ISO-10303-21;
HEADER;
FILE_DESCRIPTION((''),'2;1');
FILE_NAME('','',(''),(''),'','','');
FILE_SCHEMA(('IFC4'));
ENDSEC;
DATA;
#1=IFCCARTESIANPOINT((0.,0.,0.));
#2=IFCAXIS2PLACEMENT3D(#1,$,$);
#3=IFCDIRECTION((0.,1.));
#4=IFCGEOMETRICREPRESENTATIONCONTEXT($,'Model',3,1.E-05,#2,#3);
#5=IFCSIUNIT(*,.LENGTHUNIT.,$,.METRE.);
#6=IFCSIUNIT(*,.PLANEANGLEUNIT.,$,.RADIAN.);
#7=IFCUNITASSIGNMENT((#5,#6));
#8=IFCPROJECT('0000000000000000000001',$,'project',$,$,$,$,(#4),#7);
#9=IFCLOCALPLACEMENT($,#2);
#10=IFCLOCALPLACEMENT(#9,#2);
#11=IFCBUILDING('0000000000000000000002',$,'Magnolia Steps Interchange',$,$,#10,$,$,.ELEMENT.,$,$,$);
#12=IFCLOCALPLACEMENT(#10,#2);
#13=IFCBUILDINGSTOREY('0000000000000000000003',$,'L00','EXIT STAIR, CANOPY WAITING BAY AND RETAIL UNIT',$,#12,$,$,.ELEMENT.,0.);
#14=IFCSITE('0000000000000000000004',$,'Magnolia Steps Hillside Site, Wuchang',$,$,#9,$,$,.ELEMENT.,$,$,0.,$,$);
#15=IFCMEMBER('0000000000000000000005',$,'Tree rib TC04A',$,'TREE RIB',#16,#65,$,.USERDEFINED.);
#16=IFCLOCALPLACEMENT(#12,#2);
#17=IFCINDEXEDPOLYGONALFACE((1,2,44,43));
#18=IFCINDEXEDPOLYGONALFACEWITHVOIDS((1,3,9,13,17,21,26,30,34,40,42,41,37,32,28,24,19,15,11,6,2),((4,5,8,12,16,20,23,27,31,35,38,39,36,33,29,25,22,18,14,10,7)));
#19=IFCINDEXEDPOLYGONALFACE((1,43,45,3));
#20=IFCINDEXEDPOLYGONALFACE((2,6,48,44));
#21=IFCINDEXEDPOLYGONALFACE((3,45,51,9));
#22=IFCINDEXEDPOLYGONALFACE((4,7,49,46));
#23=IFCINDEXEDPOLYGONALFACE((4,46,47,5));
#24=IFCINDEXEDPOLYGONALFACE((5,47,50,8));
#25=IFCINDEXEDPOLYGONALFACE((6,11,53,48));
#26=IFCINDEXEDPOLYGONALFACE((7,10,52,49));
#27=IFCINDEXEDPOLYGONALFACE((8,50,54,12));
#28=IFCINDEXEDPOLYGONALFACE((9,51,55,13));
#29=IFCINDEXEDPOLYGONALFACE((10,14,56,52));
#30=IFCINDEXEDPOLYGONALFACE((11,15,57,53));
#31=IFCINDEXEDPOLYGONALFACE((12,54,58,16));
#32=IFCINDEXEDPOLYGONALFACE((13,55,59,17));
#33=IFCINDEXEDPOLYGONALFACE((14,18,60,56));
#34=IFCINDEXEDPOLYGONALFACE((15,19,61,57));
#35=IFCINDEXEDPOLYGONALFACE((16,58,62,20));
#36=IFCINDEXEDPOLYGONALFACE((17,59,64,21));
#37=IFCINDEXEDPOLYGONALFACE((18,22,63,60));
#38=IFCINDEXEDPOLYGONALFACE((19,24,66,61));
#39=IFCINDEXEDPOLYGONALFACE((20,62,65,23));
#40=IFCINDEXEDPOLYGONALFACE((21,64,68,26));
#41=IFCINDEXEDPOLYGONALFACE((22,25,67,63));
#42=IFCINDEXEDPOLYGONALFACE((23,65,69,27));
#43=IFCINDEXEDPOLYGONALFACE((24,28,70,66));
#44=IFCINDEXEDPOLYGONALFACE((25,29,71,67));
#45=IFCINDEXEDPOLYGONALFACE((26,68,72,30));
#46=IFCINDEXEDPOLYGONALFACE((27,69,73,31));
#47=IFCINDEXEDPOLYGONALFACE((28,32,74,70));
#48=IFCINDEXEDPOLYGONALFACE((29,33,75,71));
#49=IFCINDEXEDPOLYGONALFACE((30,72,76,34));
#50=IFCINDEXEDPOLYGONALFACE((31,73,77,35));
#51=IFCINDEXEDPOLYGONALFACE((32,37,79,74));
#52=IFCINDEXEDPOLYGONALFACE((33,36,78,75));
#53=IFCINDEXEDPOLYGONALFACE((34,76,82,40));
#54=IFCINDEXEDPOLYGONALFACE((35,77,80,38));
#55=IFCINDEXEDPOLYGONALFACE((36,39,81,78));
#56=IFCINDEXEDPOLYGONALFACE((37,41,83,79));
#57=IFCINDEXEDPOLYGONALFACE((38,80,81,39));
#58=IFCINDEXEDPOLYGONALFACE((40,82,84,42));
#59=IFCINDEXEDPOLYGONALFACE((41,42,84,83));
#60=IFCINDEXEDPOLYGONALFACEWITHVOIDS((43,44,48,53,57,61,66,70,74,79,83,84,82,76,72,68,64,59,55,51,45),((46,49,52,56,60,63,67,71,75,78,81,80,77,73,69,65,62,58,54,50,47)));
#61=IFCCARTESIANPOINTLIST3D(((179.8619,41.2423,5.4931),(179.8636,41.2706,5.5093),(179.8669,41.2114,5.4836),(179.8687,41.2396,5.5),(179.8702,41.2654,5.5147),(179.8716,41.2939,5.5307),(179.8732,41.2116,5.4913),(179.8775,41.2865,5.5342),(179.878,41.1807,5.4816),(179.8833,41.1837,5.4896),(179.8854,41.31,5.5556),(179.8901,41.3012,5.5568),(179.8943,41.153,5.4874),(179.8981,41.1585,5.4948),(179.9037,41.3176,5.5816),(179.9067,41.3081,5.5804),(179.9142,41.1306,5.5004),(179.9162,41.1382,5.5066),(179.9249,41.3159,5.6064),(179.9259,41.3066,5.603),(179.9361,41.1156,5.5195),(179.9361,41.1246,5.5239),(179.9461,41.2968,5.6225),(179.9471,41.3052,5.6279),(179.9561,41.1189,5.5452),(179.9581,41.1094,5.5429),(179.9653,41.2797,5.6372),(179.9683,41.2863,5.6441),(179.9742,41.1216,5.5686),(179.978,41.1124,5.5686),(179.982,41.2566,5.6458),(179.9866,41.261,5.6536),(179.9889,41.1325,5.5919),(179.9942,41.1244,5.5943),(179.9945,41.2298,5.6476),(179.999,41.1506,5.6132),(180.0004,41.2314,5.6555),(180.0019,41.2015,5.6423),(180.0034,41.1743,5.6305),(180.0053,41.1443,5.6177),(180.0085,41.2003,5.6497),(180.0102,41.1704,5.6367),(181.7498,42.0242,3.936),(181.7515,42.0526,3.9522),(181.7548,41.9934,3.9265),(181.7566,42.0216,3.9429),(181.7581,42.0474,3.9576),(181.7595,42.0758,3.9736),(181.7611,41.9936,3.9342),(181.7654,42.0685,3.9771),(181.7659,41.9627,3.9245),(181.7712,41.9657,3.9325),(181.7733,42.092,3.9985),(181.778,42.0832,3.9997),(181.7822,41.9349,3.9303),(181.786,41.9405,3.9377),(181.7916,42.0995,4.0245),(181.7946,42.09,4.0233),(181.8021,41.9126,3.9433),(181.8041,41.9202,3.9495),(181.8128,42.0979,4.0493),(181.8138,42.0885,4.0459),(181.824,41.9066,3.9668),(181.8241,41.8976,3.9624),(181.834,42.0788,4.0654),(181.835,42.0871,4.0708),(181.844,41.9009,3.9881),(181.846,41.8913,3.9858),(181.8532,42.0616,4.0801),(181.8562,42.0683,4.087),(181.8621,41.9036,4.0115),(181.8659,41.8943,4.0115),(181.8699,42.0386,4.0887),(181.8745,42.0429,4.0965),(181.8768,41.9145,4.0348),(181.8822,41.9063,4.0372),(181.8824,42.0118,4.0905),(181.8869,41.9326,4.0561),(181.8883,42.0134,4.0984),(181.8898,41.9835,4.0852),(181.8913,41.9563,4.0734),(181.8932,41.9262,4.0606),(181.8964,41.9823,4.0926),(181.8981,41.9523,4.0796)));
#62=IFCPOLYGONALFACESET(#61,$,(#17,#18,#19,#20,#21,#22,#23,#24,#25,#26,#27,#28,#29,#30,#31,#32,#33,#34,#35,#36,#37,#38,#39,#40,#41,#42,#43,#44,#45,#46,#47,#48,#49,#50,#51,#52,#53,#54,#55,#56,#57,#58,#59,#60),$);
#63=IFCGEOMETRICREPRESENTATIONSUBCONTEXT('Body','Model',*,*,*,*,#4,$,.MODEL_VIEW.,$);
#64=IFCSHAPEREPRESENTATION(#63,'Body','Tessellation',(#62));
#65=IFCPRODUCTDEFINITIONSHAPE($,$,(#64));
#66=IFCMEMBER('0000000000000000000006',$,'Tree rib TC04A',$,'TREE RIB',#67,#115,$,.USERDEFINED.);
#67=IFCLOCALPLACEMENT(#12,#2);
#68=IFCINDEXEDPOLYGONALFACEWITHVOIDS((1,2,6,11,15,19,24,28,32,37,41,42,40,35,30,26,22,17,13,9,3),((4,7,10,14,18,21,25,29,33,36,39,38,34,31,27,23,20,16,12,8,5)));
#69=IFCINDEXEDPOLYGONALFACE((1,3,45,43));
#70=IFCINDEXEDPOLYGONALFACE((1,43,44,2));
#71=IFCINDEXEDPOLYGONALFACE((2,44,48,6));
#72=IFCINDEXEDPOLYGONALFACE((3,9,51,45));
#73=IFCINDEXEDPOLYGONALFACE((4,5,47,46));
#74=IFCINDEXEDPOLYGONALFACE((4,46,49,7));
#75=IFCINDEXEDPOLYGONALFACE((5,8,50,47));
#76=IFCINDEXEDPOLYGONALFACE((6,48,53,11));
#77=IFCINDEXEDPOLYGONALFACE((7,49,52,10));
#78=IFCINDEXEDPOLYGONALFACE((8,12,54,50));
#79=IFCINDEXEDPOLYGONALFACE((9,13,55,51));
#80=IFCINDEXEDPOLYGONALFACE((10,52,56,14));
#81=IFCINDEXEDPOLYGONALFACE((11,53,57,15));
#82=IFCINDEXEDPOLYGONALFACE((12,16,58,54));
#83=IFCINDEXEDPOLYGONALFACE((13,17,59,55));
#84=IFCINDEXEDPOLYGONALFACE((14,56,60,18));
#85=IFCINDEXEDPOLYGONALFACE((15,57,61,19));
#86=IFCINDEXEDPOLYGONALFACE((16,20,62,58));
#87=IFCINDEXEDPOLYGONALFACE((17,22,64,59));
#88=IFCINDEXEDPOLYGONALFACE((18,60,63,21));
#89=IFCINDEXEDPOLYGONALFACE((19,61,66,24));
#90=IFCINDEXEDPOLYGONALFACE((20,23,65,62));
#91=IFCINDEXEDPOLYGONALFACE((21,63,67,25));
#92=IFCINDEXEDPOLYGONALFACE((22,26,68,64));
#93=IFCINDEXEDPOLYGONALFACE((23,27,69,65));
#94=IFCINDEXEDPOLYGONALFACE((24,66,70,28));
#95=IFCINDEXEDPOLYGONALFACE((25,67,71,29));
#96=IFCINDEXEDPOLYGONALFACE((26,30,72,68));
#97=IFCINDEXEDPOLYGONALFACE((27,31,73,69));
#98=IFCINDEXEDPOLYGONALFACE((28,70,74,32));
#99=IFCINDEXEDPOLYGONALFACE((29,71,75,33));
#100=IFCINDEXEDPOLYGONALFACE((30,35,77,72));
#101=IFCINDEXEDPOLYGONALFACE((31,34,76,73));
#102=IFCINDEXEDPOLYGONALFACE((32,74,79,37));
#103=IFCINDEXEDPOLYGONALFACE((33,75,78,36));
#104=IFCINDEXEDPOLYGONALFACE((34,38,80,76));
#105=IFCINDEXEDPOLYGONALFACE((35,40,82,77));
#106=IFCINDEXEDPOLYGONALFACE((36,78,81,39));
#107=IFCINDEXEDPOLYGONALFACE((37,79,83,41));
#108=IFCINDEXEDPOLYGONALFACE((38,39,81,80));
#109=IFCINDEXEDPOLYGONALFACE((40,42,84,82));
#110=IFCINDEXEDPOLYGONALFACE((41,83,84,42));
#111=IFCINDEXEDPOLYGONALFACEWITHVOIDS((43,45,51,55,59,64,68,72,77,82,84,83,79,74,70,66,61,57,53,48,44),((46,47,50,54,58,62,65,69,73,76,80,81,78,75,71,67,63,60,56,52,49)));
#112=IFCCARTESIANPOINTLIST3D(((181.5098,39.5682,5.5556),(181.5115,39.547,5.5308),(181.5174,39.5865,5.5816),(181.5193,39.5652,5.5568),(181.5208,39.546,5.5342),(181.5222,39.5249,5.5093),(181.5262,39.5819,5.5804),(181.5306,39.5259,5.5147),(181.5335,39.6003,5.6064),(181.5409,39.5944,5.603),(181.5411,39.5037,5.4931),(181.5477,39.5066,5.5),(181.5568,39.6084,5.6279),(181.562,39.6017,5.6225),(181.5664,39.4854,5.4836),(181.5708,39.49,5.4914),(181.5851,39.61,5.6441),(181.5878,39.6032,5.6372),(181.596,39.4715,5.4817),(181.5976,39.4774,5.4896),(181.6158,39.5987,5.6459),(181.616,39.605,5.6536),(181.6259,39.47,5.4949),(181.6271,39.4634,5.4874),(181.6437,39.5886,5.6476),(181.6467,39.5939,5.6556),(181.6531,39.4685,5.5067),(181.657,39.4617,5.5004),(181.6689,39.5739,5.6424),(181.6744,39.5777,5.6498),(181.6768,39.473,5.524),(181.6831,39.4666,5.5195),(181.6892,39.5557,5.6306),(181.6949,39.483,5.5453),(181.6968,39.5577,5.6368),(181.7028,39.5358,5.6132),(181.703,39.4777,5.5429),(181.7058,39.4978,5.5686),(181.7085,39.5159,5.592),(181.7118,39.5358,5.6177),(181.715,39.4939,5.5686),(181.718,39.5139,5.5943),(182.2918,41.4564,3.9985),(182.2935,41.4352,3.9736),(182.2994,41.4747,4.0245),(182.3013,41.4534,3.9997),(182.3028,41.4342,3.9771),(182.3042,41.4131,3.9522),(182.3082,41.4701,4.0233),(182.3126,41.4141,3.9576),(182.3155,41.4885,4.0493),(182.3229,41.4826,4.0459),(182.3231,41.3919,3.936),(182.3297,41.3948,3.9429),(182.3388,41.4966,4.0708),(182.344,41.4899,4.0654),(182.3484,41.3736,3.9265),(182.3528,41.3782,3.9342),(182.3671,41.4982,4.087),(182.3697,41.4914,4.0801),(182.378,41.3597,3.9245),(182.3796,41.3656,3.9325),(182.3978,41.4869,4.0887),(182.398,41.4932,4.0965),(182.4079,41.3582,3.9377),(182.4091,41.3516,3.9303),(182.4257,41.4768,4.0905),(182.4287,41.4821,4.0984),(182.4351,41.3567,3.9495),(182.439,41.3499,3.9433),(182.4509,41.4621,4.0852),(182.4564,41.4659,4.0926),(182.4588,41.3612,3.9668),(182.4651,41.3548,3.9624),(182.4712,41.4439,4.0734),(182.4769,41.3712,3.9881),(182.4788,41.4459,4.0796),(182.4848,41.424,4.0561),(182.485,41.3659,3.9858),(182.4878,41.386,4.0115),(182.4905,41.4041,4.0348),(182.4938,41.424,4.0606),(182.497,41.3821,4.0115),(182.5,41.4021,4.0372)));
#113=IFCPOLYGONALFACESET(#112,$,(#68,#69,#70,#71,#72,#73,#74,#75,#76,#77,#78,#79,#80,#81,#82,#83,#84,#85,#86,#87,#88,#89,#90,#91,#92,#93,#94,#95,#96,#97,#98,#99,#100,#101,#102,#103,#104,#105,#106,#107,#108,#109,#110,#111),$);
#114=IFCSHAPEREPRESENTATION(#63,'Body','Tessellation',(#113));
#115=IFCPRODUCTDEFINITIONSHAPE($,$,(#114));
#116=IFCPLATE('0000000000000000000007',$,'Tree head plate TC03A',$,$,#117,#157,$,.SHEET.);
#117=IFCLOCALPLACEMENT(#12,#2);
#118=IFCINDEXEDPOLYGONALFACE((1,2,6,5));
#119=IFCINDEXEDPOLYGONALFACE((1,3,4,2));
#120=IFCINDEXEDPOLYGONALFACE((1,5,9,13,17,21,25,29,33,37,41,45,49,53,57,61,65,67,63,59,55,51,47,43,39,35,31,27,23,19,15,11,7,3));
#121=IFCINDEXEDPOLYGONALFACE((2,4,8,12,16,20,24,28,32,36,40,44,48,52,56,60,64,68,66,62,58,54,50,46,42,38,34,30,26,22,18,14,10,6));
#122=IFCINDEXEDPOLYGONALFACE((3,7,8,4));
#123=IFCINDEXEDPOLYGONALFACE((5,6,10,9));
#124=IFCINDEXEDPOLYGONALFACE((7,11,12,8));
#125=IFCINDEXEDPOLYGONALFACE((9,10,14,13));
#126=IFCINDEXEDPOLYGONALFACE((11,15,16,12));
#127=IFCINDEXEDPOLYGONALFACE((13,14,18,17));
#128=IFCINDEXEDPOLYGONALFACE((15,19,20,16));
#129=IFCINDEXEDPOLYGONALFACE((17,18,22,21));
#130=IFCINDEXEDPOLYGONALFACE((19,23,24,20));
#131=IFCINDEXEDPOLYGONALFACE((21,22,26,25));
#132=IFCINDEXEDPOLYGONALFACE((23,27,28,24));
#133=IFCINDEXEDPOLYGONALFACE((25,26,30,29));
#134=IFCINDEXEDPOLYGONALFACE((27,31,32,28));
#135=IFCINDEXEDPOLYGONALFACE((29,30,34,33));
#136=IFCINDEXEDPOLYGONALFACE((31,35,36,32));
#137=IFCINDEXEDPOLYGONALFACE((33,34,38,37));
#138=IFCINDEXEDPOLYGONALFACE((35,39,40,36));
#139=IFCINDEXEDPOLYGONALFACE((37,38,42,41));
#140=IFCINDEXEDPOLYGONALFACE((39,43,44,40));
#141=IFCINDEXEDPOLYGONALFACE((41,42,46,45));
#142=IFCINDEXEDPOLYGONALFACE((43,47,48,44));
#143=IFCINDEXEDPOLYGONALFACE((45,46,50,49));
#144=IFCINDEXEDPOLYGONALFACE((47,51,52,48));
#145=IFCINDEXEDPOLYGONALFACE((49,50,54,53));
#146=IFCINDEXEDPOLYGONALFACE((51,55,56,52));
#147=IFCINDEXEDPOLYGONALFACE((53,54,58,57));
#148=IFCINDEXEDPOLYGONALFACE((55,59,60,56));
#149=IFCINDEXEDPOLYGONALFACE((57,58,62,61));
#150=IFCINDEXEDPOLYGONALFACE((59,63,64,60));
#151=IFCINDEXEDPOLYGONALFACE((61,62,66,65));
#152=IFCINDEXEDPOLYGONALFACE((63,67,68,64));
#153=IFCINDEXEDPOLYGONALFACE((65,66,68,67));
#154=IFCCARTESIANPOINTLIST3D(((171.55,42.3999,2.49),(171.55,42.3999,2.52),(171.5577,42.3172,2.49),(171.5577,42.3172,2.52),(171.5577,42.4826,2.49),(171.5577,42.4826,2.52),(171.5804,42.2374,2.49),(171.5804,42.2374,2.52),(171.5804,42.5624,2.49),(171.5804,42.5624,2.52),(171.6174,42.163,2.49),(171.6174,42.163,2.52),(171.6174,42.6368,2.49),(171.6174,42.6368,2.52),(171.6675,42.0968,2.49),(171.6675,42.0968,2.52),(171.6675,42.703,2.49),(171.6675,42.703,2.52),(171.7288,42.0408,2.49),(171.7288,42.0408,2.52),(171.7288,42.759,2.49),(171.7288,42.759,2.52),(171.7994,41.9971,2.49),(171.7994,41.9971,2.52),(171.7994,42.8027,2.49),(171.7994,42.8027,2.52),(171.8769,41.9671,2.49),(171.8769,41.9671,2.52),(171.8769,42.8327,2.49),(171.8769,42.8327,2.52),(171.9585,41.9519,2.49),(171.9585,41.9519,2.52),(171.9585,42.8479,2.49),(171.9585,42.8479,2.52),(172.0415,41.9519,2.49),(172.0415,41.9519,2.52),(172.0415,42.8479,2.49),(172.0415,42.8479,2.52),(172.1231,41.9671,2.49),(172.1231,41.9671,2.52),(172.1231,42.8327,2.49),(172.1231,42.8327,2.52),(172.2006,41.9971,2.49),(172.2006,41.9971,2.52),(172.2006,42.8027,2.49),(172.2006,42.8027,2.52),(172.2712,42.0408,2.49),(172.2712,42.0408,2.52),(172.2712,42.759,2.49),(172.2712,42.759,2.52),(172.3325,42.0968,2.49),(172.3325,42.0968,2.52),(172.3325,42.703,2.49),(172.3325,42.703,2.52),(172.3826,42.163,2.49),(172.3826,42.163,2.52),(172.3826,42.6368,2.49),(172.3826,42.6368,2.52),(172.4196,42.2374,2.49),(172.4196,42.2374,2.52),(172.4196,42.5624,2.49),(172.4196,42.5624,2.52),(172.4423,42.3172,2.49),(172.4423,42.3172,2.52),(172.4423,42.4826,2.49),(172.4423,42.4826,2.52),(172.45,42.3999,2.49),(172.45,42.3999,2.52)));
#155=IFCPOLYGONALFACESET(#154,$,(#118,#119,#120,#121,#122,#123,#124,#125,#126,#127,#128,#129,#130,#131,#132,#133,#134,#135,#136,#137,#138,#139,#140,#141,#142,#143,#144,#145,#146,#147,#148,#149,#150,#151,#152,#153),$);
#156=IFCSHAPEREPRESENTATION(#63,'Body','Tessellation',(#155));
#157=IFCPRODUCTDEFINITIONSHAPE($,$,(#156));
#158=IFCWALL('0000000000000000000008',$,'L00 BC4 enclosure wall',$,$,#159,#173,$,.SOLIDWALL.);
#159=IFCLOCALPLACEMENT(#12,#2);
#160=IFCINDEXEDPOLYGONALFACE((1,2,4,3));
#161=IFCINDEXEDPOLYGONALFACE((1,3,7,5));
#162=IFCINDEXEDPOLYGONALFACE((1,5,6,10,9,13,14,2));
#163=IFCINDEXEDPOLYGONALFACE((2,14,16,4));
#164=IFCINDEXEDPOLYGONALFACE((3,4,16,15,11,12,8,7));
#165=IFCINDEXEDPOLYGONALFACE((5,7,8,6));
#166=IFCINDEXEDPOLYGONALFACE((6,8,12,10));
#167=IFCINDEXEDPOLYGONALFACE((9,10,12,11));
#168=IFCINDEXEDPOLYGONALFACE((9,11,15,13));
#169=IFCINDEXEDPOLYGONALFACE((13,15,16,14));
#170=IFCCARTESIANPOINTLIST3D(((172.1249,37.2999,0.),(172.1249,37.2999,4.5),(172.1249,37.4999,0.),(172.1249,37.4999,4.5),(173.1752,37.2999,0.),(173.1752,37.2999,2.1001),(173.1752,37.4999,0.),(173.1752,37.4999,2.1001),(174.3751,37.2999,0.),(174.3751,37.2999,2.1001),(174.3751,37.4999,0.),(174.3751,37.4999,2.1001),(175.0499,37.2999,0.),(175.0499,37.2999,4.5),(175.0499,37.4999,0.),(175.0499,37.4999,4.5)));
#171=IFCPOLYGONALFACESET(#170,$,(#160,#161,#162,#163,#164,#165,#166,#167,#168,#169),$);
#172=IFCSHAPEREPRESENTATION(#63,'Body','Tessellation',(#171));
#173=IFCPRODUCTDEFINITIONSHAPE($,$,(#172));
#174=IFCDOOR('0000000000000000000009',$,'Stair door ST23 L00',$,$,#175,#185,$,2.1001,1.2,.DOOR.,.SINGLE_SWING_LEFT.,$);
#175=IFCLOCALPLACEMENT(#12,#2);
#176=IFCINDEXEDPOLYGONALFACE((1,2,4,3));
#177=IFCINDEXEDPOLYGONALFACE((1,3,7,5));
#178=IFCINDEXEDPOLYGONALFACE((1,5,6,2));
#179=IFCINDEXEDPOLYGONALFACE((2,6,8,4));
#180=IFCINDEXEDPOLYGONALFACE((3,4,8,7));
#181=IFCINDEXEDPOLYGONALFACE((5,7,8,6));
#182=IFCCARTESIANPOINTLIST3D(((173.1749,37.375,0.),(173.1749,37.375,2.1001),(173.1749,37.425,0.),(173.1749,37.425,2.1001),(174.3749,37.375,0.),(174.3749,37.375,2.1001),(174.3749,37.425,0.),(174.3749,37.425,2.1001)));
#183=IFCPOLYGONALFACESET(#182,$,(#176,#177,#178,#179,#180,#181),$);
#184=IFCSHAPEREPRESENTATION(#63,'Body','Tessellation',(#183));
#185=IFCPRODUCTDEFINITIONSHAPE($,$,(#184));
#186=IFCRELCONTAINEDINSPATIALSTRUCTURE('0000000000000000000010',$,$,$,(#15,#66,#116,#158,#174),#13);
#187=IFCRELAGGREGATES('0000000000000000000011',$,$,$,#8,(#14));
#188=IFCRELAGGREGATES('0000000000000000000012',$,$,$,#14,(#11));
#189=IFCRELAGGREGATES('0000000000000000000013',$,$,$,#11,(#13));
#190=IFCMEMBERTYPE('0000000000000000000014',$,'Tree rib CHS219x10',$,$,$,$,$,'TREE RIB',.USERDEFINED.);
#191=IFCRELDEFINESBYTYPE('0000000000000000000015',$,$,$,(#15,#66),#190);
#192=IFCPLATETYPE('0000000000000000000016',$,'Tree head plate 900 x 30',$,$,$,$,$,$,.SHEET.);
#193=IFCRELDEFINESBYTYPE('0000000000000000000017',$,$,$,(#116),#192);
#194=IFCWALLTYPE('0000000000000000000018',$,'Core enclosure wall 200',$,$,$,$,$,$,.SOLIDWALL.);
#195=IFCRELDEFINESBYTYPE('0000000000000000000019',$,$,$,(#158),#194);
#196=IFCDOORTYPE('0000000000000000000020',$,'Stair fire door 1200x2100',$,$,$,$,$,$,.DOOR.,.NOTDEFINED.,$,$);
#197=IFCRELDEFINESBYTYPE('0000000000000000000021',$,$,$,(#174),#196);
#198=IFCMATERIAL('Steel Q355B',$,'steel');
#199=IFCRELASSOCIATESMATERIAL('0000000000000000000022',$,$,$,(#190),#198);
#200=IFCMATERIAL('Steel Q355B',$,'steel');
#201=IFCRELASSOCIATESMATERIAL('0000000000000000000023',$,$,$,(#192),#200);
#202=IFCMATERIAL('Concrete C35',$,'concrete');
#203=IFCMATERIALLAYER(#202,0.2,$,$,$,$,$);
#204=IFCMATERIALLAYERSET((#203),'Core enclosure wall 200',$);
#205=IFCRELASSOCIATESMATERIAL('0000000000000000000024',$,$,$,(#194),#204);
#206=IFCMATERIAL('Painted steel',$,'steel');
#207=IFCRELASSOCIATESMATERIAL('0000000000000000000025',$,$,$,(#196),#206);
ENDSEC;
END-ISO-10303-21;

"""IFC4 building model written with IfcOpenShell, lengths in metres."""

from ifc_helpers import new_model, si_unit, direction, frame, frame_2d, origin, origin_2d, place, context, subcontext, project, spatial, rectangle, circle, hollow_circle, extrude, material, layer, layer_set, material_profile, profile_set, type_object, element, fill, save


model = new_model("IFC4")

# Units and contexts
model_context = context("Model", 3, precision=1e-05, world=origin(), true_north=direction((0.0, 1.0)))
body_context = subcontext(model_context, "Body", "Model", "MODEL_VIEW")
ifc_project = project(units=[si_unit("LENGTHUNIT", "METRE"), si_unit("PLANEANGLEUNIT", "RADIAN")], contexts=[model_context])

# Site, building, storey
site_placement = place(None, origin())
site = spatial("IfcSite", under=ifc_project, at=site_placement, Name="Magnolia Steps Hillside Site, Wuchang", CompositionType="ELEMENT", RefElevation=0.0)
building_placement = place(site_placement, origin())
building = spatial("IfcBuilding", under=site, at=building_placement, Name="Magnolia Steps Interchange", CompositionType="ELEMENT")
storey_placement = place(building_placement, origin())
storey = spatial("IfcBuildingStorey", under=building, at=storey_placement, Name="L00", Description="EXIT STAIR, CANOPY WAITING BAY AND RETAIL UNIT", CompositionType="ELEMENT", Elevation=0.0)

# Members
ifc_material_1 = material(Name="Steel Q355B", Category="steel")
ifc_material_profile_1 = material_profile(ifc_material_1, hollow_circle(Radius=0.1096, WallThickness=0.01, at=origin_2d()), Name="CHS219x10")
ifc_profile_set_1 = profile_set([ifc_material_profile_1], Name="Steel Q355B")
member_type = type_object("IfcMemberType", Name="Tree rib CHS219x10", ElementType="TREE RIB", PredefinedType="USERDEFINED", material=ifc_profile_set_1)
member_1_placement = place(storey_placement, frame((181.824, 41.9956, 4.0115), z_axis=(-0.734854, -0.304376, 0.60609), x_axis=(0.382672, -0.923884, 0.0)))
element("IfcMember", 1, at=member_1_placement, inside=storey, type_object=member_type, Name="Tree rib TC04A", ObjectType="TREE RIB", PredefinedType="USERDEFINED", context=body_context, shape_type="SweptSolid", body=[
    extrude(hollow_circle(Radius=0.1096, WallThickness=0.01, at=origin_2d()), origin(), (0.0, 0.0, 1.0), 2.5691),
])
member_2_placement = place(storey_placement, frame((182.3958, 41.4241, 4.0115), z_axis=(-0.304354, -0.734897, 0.606048), x_axis=(0.923902, -0.38263, 0.0)))
element("IfcMember", 2, at=member_2_placement, inside=storey, type_object=member_type, Name="Tree rib TC04A", ObjectType="TREE RIB", PredefinedType="USERDEFINED", context=body_context, shape_type="SweptSolid", body=[
    extrude(hollow_circle(Radius=0.1096, WallThickness=0.01, at=origin_2d()), origin(), (0.0, 0.0, 1.0), 2.5693),
])

# Plate
ifc_material_2 = material(Name="Steel Q355B", Category="steel")
ifc_material_profile_2 = material_profile(ifc_material_2, circle(Radius=0.45, at=origin_2d()), Name="Tree head plate 900 x 30")
ifc_profile_set_2 = profile_set([ifc_material_profile_2], Name="Steel Q355B")
plate_type = type_object("IfcPlateType", Name="Tree head plate 900 x 30", PredefinedType="SHEET", material=ifc_profile_set_2)
plate_placement = place(storey_placement, frame((172.0, 42.3999, 2.49), z_axis=(0.0, 0.0, 1.0), x_axis=(1.0, 0.0, 0.0)))
element("IfcPlate", 3, at=plate_placement, inside=storey, type_object=plate_type, Name="Tree head plate TC03A", PredefinedType="SHEET", context=body_context, shape_type="SweptSolid", body=[
    extrude(circle(Radius=0.45, at=origin_2d()), origin(), (0.0, 0.0, 1.0), 0.03),
])

# Wall, opening, door
ifc_material_3 = material(Name="Concrete C35", Category="concrete")
ifc_layer_1 = layer(ifc_material_3, 0.2)
ifc_layer_set_1 = layer_set([ifc_layer_1], Name="Core enclosure wall 200")
wall_type_1 = type_object("IfcWallType", Name="Core enclosure wall 200", PredefinedType="SOLIDWALL", material=ifc_layer_set_1)
wall_1_placement = place(storey_placement, frame((172.125, 37.3999, 0.0), z_axis=(0.0, 0.0, 1.0), x_axis=(1.0, 0.0, 0.0)))
wall_1 = element("IfcWall", 4, at=wall_1_placement, inside=storey, type_object=wall_type_1, Name="L00 BC4 enclosure wall", PredefinedType="SOLIDWALL", context=body_context, shape_type="SweptSolid", body=[
    extrude(rectangle(XDim=2.925, YDim=0.2, at=frame_2d((1.4624, 0.0))), origin(), (0.0, 0.0, 1.0), 4.5),
])
opening_1_placement = place(wall_1_placement, frame((1.05, 0.0, 0.0)))
opening_1 = element("IfcOpeningElement", 5, at=opening_1_placement, cuts=wall_1, PredefinedType="OPENING", context=body_context, shape_type="SweptSolid", body=[
    extrude(rectangle(XDim=1.2, YDim=2.1001, at=frame_2d((0.6001, 1.05))), frame((0.0, 0.1099, 0.0), z_axis=(0.0, -1.0, 0.0), x_axis=(1.0, 0.0, 0.0)), (0.0, 0.0, 1.0), 0.22),
])
ifc_material_4 = material(Name="Painted steel", Category="steel")
door_type_1 = type_object("IfcDoorType", Name="Stair fire door 1200x2100", OperationType="NOTDEFINED", PredefinedType="DOOR", material=ifc_material_4)
door_1_placement = place(opening_1_placement, frame((1.2, 0.0, 0.0), z_axis=(0.0, 0.0, 1.0), x_axis=(-1.0, 0.0, 0.0)))
door_1 = element("IfcDoor", 6, at=door_1_placement, inside=storey, type_object=door_type_1, Name="Stair door ST23 L00", OperationType="SINGLE_SWING_LEFT", OverallHeight=2.1001, OverallWidth=1.2, PredefinedType="DOOR", context=body_context, shape_type="SweptSolid", body=[
    extrude(rectangle(XDim=1.2, YDim=2.1001, at=frame_2d((0.6001, 1.05))), frame((0.0, 0.0249, 0.0), z_axis=(0.0, -1.0, 0.0), x_axis=(1.0, 0.0, 0.0)), (0.0, 0.0, 1.0), 0.05),
])
fill(opening_1, door_1)

save(model, "model.ifc")
